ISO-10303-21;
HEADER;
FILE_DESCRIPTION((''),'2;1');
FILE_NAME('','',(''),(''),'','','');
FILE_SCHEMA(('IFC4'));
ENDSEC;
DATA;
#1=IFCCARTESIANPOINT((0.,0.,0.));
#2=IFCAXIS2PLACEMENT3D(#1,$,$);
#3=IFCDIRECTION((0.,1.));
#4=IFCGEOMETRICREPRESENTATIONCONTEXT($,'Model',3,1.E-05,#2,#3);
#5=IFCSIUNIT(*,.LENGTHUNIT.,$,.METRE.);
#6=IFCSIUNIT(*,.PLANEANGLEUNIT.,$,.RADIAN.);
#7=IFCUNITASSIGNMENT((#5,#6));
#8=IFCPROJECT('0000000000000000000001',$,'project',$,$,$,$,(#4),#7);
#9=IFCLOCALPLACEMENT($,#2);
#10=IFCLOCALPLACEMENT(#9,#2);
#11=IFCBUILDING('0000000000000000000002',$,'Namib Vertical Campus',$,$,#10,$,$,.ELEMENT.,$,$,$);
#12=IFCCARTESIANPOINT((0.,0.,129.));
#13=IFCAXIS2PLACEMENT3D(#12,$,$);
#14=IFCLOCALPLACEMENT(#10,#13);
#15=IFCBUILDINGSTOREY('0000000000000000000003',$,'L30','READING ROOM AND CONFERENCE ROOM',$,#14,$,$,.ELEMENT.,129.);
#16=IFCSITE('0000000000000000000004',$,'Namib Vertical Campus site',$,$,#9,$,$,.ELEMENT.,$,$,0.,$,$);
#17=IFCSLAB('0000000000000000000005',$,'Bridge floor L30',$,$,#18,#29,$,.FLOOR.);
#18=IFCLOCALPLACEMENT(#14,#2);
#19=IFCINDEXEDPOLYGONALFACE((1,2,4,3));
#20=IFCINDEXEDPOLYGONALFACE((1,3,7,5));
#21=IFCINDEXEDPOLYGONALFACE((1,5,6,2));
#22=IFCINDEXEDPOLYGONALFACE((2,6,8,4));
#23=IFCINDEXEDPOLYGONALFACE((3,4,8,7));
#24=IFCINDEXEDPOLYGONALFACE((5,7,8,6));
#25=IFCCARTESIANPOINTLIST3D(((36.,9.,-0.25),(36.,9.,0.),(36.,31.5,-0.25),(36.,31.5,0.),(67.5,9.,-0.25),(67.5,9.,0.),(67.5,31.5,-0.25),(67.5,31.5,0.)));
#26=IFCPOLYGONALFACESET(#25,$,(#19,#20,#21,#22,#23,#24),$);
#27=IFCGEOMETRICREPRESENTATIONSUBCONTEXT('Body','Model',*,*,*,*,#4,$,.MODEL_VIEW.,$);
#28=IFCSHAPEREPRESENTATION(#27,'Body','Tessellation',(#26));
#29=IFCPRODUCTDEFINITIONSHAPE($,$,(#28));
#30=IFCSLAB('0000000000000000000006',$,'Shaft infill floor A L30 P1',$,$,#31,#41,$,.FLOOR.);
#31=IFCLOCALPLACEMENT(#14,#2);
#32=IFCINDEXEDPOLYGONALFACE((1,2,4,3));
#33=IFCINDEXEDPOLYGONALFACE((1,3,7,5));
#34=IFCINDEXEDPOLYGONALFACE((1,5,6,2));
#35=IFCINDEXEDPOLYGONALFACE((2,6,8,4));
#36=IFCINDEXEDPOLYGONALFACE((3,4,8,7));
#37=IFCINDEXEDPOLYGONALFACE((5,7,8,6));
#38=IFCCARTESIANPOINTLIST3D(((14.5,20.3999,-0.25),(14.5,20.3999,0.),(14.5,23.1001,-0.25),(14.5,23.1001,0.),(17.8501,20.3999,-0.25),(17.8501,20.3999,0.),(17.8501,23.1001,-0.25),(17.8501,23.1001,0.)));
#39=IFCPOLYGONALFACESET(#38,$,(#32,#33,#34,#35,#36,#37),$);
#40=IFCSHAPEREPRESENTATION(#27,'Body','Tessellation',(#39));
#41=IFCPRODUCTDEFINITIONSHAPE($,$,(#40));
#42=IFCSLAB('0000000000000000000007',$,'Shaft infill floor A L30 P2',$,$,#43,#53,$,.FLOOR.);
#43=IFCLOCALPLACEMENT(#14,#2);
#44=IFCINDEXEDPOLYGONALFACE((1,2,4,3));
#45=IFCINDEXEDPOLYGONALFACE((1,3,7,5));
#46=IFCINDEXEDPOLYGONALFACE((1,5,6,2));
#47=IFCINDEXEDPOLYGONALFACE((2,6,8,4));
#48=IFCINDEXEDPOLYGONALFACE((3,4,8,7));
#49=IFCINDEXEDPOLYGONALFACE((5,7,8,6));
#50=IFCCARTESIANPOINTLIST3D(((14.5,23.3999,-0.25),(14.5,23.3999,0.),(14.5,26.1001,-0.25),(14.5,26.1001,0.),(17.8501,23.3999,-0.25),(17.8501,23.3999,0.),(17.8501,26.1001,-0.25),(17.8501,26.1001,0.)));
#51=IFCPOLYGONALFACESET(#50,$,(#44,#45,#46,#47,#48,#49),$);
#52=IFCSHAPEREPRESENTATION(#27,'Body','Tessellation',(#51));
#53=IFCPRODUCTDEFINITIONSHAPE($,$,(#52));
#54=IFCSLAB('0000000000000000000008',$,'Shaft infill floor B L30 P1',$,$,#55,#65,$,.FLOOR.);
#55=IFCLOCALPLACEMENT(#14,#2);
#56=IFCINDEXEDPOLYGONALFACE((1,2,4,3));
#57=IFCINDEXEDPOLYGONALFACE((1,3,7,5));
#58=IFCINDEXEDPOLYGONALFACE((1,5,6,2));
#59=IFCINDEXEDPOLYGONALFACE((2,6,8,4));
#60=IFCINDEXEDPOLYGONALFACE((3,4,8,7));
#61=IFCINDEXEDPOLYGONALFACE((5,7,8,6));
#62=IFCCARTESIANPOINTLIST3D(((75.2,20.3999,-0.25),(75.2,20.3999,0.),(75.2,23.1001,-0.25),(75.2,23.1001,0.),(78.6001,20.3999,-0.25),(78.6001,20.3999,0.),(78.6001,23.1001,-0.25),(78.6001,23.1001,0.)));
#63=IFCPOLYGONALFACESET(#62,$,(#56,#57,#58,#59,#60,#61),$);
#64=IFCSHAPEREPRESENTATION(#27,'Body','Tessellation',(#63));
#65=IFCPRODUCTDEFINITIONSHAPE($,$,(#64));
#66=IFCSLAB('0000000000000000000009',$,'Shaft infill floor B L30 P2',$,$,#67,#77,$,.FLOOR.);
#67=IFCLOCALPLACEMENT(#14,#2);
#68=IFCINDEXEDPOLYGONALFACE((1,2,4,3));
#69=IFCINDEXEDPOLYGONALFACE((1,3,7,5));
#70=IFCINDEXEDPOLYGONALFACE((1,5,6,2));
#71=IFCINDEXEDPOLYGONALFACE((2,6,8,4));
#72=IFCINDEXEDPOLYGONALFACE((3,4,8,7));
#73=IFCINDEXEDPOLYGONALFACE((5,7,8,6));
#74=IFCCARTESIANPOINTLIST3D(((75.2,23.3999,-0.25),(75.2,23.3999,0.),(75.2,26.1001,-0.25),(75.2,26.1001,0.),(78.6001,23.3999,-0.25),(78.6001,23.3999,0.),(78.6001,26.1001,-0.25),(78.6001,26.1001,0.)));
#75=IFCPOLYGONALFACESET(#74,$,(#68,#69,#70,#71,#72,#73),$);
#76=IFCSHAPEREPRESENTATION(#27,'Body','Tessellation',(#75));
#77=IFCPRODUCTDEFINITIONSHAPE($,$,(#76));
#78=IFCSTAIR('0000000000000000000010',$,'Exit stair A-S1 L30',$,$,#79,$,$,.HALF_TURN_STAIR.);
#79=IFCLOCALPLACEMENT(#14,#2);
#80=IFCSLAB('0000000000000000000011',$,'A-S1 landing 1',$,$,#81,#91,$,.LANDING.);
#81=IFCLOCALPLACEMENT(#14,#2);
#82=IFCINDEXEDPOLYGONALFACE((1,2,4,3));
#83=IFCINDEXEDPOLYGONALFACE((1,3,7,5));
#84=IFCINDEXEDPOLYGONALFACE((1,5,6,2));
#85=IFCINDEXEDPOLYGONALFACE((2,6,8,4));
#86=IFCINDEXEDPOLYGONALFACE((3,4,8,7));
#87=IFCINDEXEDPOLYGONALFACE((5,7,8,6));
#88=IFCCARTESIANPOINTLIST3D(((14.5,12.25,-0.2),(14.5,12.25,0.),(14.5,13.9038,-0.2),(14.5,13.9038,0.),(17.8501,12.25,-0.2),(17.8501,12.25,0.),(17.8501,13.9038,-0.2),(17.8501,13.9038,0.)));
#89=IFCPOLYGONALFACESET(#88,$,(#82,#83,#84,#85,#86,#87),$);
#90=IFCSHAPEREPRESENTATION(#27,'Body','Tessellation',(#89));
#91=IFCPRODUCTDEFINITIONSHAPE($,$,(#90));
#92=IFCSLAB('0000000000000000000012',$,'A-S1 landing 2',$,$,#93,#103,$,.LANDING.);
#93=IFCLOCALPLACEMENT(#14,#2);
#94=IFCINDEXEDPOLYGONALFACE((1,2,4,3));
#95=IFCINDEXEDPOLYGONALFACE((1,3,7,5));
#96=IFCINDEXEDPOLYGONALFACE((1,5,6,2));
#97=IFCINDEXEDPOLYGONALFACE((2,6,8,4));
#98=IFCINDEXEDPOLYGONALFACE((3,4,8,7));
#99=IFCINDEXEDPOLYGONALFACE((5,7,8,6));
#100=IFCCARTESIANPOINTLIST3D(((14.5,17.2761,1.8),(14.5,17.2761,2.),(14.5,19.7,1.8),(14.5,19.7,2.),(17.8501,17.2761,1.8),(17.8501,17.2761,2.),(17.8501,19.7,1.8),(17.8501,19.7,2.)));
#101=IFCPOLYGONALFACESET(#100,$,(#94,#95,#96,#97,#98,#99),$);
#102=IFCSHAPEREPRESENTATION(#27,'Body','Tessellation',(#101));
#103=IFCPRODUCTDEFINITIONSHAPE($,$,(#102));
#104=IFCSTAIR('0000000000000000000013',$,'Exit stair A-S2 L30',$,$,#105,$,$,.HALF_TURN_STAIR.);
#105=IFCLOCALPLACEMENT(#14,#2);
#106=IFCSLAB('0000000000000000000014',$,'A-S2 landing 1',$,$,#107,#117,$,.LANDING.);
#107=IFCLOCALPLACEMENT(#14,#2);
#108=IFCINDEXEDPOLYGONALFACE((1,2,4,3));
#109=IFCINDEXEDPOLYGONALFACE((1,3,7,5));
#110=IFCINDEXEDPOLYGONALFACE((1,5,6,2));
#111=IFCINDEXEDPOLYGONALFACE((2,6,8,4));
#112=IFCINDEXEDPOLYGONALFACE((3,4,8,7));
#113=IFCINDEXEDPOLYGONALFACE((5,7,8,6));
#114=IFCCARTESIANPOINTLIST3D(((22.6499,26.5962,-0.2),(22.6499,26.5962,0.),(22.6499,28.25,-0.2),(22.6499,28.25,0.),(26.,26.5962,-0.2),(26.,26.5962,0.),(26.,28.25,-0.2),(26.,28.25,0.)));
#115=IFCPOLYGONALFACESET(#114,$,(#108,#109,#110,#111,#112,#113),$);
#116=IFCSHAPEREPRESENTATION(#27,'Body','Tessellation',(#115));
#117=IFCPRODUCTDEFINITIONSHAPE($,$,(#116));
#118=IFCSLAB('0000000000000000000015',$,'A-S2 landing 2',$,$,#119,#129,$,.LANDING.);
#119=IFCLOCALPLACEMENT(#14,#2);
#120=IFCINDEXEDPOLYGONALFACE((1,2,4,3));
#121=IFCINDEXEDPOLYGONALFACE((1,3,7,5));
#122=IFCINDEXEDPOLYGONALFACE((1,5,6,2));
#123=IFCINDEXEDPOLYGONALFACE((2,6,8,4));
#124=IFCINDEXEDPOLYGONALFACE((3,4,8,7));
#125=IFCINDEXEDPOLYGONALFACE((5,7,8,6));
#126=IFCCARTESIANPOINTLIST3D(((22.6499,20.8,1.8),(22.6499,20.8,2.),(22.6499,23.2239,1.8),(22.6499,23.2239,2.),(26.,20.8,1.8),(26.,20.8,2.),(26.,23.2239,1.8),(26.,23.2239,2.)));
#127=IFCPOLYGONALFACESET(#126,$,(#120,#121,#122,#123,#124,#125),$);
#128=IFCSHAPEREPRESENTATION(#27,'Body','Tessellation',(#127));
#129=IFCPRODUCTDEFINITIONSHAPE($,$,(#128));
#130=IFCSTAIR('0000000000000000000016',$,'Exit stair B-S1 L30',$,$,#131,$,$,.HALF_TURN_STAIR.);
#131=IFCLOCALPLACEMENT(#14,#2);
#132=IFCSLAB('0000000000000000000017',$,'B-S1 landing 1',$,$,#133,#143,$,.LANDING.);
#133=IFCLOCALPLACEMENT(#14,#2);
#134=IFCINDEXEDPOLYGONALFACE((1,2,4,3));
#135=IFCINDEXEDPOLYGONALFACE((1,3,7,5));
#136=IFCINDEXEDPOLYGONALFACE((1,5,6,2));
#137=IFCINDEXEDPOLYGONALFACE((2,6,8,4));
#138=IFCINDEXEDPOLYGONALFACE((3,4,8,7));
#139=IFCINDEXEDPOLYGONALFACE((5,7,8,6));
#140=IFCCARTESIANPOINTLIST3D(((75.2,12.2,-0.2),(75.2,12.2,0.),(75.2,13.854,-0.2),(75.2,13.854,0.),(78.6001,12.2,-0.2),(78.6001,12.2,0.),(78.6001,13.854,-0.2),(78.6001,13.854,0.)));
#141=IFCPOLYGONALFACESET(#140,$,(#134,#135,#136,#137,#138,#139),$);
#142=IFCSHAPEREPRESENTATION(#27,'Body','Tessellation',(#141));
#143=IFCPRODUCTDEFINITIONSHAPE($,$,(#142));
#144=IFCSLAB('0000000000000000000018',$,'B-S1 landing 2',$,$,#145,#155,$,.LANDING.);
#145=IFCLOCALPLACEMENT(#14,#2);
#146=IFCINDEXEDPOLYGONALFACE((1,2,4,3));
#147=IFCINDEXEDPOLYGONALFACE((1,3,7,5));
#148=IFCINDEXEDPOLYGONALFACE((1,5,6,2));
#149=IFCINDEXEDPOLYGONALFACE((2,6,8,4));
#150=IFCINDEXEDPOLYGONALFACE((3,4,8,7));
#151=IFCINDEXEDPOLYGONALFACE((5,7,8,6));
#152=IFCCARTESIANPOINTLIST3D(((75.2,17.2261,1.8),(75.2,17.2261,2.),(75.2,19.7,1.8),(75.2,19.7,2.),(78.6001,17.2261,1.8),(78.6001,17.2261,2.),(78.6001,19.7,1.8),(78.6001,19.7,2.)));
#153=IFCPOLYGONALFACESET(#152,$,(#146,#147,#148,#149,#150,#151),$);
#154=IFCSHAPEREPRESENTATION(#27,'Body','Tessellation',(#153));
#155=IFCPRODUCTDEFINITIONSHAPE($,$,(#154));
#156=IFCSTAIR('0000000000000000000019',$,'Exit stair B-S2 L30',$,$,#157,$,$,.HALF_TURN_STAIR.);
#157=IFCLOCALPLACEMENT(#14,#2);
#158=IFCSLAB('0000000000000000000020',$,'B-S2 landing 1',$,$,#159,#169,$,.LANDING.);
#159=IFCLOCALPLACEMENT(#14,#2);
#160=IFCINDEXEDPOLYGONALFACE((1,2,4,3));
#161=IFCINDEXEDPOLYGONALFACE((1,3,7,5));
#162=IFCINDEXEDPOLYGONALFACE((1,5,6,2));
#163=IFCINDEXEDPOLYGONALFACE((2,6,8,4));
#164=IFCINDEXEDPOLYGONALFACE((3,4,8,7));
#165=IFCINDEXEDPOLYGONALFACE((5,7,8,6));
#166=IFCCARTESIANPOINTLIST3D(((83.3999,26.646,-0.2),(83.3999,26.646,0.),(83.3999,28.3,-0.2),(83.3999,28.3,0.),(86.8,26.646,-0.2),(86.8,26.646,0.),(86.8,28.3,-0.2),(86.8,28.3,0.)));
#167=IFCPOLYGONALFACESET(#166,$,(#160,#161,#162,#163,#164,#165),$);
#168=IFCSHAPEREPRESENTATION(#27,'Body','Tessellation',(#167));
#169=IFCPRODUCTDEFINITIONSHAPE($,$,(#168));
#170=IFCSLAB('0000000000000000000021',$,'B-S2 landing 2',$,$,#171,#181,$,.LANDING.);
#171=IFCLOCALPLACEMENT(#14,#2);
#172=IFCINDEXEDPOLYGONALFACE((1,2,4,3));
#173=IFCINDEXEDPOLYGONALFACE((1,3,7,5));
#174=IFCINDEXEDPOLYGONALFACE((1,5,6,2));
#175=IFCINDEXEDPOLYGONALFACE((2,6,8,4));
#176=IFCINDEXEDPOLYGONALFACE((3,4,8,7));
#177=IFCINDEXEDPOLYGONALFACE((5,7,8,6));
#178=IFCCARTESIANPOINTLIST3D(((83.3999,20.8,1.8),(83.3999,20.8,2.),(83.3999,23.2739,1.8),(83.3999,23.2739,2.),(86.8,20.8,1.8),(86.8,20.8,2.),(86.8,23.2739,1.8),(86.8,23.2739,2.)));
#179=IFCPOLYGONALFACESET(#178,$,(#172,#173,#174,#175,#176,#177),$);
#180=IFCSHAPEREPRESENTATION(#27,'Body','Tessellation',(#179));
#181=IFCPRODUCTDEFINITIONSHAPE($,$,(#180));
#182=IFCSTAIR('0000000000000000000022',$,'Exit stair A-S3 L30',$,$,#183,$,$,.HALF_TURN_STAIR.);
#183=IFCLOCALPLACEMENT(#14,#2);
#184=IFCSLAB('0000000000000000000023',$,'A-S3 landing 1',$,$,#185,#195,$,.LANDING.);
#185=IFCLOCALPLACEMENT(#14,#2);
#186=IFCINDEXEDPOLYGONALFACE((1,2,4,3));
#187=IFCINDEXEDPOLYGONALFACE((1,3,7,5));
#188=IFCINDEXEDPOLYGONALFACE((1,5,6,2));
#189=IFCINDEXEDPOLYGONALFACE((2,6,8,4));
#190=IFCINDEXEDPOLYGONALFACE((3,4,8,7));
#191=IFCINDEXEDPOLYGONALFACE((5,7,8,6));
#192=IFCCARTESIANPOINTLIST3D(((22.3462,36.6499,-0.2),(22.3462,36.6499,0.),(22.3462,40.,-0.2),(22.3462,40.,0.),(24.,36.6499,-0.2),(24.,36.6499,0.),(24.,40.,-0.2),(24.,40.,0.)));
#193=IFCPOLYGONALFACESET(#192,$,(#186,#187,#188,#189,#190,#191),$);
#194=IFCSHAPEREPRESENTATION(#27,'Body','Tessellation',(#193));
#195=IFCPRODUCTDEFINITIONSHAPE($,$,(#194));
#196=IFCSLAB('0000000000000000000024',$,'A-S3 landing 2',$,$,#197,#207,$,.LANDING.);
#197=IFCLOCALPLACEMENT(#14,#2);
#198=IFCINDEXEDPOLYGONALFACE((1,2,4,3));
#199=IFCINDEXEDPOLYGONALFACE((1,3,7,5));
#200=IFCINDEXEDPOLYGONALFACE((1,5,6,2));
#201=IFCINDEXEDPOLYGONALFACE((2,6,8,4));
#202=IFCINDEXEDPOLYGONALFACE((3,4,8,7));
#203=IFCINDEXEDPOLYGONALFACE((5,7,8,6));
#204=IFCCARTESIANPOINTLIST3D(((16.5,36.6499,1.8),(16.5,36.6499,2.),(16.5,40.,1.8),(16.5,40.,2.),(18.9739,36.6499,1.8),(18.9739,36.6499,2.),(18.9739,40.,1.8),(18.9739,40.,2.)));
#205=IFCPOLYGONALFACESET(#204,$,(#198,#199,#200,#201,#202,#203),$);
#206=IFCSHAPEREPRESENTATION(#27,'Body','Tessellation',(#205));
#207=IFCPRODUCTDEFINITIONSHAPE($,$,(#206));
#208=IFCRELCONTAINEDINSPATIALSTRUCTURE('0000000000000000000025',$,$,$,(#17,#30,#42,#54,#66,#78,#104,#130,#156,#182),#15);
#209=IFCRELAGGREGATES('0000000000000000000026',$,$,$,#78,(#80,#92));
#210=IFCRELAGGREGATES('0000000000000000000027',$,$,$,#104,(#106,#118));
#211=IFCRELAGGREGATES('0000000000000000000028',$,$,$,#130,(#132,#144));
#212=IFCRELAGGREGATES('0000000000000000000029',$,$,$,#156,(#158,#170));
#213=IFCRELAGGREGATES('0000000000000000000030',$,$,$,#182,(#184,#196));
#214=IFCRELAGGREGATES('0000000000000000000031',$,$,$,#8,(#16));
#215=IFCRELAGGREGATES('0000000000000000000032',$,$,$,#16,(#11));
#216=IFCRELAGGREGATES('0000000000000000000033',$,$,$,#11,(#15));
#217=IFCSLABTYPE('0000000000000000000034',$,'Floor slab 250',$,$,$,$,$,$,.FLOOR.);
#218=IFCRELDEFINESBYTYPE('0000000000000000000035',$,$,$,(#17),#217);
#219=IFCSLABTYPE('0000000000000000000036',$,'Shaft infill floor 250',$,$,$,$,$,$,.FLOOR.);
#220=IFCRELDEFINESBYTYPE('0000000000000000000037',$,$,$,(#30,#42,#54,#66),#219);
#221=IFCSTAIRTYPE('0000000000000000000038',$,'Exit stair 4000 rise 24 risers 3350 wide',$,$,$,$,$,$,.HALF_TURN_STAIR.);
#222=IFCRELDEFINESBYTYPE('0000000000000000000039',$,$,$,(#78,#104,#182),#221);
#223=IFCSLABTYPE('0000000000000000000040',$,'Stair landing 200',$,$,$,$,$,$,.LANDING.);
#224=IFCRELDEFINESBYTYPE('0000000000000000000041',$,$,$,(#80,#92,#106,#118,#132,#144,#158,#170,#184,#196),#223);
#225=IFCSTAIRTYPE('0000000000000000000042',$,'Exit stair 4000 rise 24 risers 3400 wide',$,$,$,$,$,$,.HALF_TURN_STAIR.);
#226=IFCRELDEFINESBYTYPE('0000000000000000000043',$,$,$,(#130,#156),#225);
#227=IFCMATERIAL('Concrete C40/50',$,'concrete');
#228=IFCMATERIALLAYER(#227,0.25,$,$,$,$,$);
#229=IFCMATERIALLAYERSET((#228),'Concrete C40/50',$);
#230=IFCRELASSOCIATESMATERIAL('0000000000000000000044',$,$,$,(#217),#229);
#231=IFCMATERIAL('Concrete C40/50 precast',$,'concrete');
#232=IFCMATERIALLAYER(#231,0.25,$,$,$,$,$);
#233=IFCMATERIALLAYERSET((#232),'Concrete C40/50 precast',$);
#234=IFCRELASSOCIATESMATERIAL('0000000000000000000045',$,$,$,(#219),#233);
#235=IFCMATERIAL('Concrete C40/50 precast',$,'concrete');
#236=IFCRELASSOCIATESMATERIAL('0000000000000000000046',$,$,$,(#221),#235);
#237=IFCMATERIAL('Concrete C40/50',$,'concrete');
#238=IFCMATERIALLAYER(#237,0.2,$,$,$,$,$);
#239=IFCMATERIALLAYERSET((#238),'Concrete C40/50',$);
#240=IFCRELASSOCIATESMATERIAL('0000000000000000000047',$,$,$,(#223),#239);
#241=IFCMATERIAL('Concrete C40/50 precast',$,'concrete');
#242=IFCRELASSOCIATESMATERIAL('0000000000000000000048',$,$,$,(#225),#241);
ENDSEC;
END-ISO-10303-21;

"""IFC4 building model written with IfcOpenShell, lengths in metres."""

from ifc_helpers import new_model, si_unit, direction, frame, origin, place, context, subcontext, project, spatial, polyline, outline, extrude, material, layer, layer_set, type_object, element, aggregate, save


model = new_model("IFC4")

# Units and contexts
model_context = context("Model", 3, precision=1e-05, world=origin(), true_north=direction((0.0, 1.0)))
body_context = subcontext(model_context, "Body", "Model", "MODEL_VIEW")
ifc_project = project(units=[si_unit("LENGTHUNIT", "METRE"), si_unit("PLANEANGLEUNIT", "RADIAN")], contexts=[model_context])

# Site, building, storey
site_placement = place(None, origin())
site = spatial("IfcSite", under=ifc_project, at=site_placement, Name="Namib Vertical Campus site", CompositionType="ELEMENT", RefElevation=0.0)
building_placement = place(site_placement, origin())
building = spatial("IfcBuilding", under=site, at=building_placement, Name="Namib Vertical Campus", CompositionType="ELEMENT")
storey_placement = place(building_placement, frame((0.0, 0.0, 129.0)))
storey = spatial("IfcBuildingStorey", under=building, at=storey_placement, Name="L30", Description="READING ROOM AND CONFERENCE ROOM", CompositionType="ELEMENT", Elevation=129.0)

# Slabs
ifc_material_1 = material(Name="Concrete C40/50", Category="concrete")
ifc_layer_1 = layer(ifc_material_1, 0.25)
ifc_layer_set_1 = layer_set([ifc_layer_1], Name="Concrete C40/50")
slab_type_1 = type_object("IfcSlabType", Name="Floor slab 250", PredefinedType="FLOOR", material=ifc_layer_set_1)
slab_1_placement = place(storey_placement, frame((0.0, 0.0, -0.25)))
element("IfcSlab", 1, at=slab_1_placement, inside=storey, type_object=slab_type_1, Name="Bridge floor L30", PredefinedType="FLOOR", context=body_context, shape_type="SweptSolid", body=[
    extrude(outline(polyline([(36.0, 9.0), (67.5, 9.0), (67.5, 31.5), (36.0, 31.5), (36.0, 9.0)])), origin(), (0.0, 0.0, 1.0), 0.25),
])
ifc_material_2 = material(Name="Concrete C40/50 precast", Category="concrete")
ifc_layer_2 = layer(ifc_material_2, 0.25)
ifc_layer_set_2 = layer_set([ifc_layer_2], Name="Concrete C40/50 precast")
slab_type_2 = type_object("IfcSlabType", Name="Shaft infill floor 250", PredefinedType="FLOOR", material=ifc_layer_set_2)
slab_2_placement = place(storey_placement, frame((0.0, 0.0, -0.25)))
element("IfcSlab", 2, at=slab_2_placement, inside=storey, type_object=slab_type_2, Name="Shaft infill floor A L30 P1", PredefinedType="FLOOR", context=body_context, shape_type="SweptSolid", body=[
    extrude(outline(polyline([(14.5, 20.3999), (17.8501, 20.3999), (17.8501, 23.1001), (14.5, 23.1001), (14.5, 20.3999)])), origin(), (0.0, 0.0, 1.0), 0.25),
])
slab_3_placement = place(storey_placement, frame((0.0, 0.0, -0.25)))
element("IfcSlab", 3, at=slab_3_placement, inside=storey, type_object=slab_type_2, Name="Shaft infill floor A L30 P2", PredefinedType="FLOOR", context=body_context, shape_type="SweptSolid", body=[
    extrude(outline(polyline([(14.5, 23.3999), (17.8501, 23.3999), (17.8501, 26.1001), (14.5, 26.1001), (14.5, 23.3999)])), origin(), (0.0, 0.0, 1.0), 0.25),
])
slab_4_placement = place(storey_placement, frame((0.0, 0.0, -0.25)))
element("IfcSlab", 4, at=slab_4_placement, inside=storey, type_object=slab_type_2, Name="Shaft infill floor B L30 P1", PredefinedType="FLOOR", context=body_context, shape_type="SweptSolid", body=[
    extrude(outline(polyline([(75.2, 20.3999), (78.6001, 20.3999), (78.6001, 23.1001), (75.2, 23.1001), (75.2, 20.3999)])), origin(), (0.0, 0.0, 1.0), 0.25),
])
slab_5_placement = place(storey_placement, frame((0.0, 0.0, -0.25)))
element("IfcSlab", 5, at=slab_5_placement, inside=storey, type_object=slab_type_2, Name="Shaft infill floor B L30 P2", PredefinedType="FLOOR", context=body_context, shape_type="SweptSolid", body=[
    extrude(outline(polyline([(75.2, 23.3999), (78.6001, 23.3999), (78.6001, 26.1001), (75.2, 26.1001), (75.2, 23.3999)])), origin(), (0.0, 0.0, 1.0), 0.25),
])

# Stairs, slabs
ifc_material_3 = material(Name="Concrete C40/50 precast", Category="concrete")
stair_type_1 = type_object("IfcStairType", Name="Exit stair 4000 rise 24 risers 3350 wide", PredefinedType="HALF_TURN_STAIR", material=ifc_material_3)
stair_1_placement = place(storey_placement, origin())
stair_1 = element("IfcStair", 6, at=stair_1_placement, inside=storey, type_object=stair_type_1, Name="Exit stair A-S1 L30", PredefinedType="HALF_TURN_STAIR")
ifc_material_4 = material(Name="Concrete C40/50", Category="concrete")
ifc_layer_3 = layer(ifc_material_4, 0.2)
ifc_layer_set_3 = layer_set([ifc_layer_3], Name="Concrete C40/50")
slab_type_3 = type_object("IfcSlabType", Name="Stair landing 200", PredefinedType="LANDING", material=ifc_layer_set_3)
slab_6_placement = place(storey_placement, frame((0.0, 0.0, -0.2)))
slab_6 = element("IfcSlab", 7, at=slab_6_placement, type_object=slab_type_3, Name="A-S1 landing 1", PredefinedType="LANDING", context=body_context, shape_type="SweptSolid", body=[
    extrude(outline(polyline([(14.5, 12.25), (17.8501, 12.25), (17.8501, 13.9038), (14.5, 13.9038), (14.5, 12.25)])), origin(), (0.0, 0.0, 1.0), 0.2),
])
slab_7_placement = place(storey_placement, frame((0.0, 0.0, 1.8)))
slab_7 = element("IfcSlab", 8, at=slab_7_placement, type_object=slab_type_3, Name="A-S1 landing 2", PredefinedType="LANDING", context=body_context, shape_type="SweptSolid", body=[
    extrude(outline(polyline([(14.5, 17.2761), (17.8501, 17.2761), (17.8501, 19.7), (14.5, 19.7), (14.5, 17.2761)])), origin(), (0.0, 0.0, 1.0), 0.2),
])
aggregate(stair_1, [slab_6, slab_7])
stair_2_placement = place(storey_placement, origin())
stair_2 = element("IfcStair", 9, at=stair_2_placement, inside=storey, type_object=stair_type_1, Name="Exit stair A-S2 L30", PredefinedType="HALF_TURN_STAIR")
slab_8_placement = place(storey_placement, frame((0.0, 0.0, -0.2)))
slab_8 = element("IfcSlab", 10, at=slab_8_placement, type_object=slab_type_3, Name="A-S2 landing 1", PredefinedType="LANDING", context=body_context, shape_type="SweptSolid", body=[
    extrude(outline(polyline([(22.6499, 26.5962), (26.0, 26.5962), (26.0, 28.25), (22.6499, 28.25), (22.6499, 26.5962)])), origin(), (0.0, 0.0, 1.0), 0.2),
])
slab_9_placement = place(storey_placement, frame((0.0, 0.0, 1.8)))
slab_9 = element("IfcSlab", 11, at=slab_9_placement, type_object=slab_type_3, Name="A-S2 landing 2", PredefinedType="LANDING", context=body_context, shape_type="SweptSolid", body=[
    extrude(outline(polyline([(22.6499, 20.8), (26.0, 20.8), (26.0, 23.2239), (22.6499, 23.2239), (22.6499, 20.8)])), origin(), (0.0, 0.0, 1.0), 0.2),
])
aggregate(stair_2, [slab_8, slab_9])
ifc_material_5 = material(Name="Concrete C40/50 precast", Category="concrete")
stair_type_2 = type_object("IfcStairType", Name="Exit stair 4000 rise 24 risers 3400 wide", PredefinedType="HALF_TURN_STAIR", material=ifc_material_5)
stair_3_placement = place(storey_placement, origin())
stair_3 = element("IfcStair", 12, at=stair_3_placement, inside=storey, type_object=stair_type_2, Name="Exit stair B-S1 L30", PredefinedType="HALF_TURN_STAIR")
slab_10_placement = place(storey_placement, frame((0.0, 0.0, -0.2)))
slab_10 = element("IfcSlab", 13, at=slab_10_placement, type_object=slab_type_3, Name="B-S1 landing 1", PredefinedType="LANDING", context=body_context, shape_type="SweptSolid", body=[
    extrude(outline(polyline([(75.2, 12.2), (78.6001, 12.2), (78.6001, 13.854), (75.2, 13.854), (75.2, 12.2)])), origin(), (0.0, 0.0, 1.0), 0.2),
])
slab_11_placement = place(storey_placement, frame((0.0, 0.0, 1.8)))
slab_11 = element("IfcSlab", 14, at=slab_11_placement, type_object=slab_type_3, Name="B-S1 landing 2", PredefinedType="LANDING", context=body_context, shape_type="SweptSolid", body=[
    extrude(outline(polyline([(75.2, 17.2261), (78.6001, 17.2261), (78.6001, 19.7), (75.2, 19.7), (75.2, 17.2261)])), origin(), (0.0, 0.0, 1.0), 0.2),
])
aggregate(stair_3, [slab_10, slab_11])
stair_4_placement = place(storey_placement, origin())
stair_4 = element("IfcStair", 15, at=stair_4_placement, inside=storey, type_object=stair_type_2, Name="Exit stair B-S2 L30", PredefinedType="HALF_TURN_STAIR")
slab_12_placement = place(storey_placement, frame((0.0, 0.0, -0.2)))
slab_12 = element("IfcSlab", 16, at=slab_12_placement, type_object=slab_type_3, Name="B-S2 landing 1", PredefinedType="LANDING", context=body_context, shape_type="SweptSolid", body=[
    extrude(outline(polyline([(83.3999, 26.646), (86.8, 26.646), (86.8, 28.3), (83.3999, 28.3), (83.3999, 26.646)])), origin(), (0.0, 0.0, 1.0), 0.2),
])
slab_13_placement = place(storey_placement, frame((0.0, 0.0, 1.8)))
slab_13 = element("IfcSlab", 17, at=slab_13_placement, type_object=slab_type_3, Name="B-S2 landing 2", PredefinedType="LANDING", context=body_context, shape_type="SweptSolid", body=[
    extrude(outline(polyline([(83.3999, 20.8), (86.8, 20.8), (86.8, 23.2739), (83.3999, 23.2739), (83.3999, 20.8)])), origin(), (0.0, 0.0, 1.0), 0.2),
])
aggregate(stair_4, [slab_12, slab_13])
stair_5_placement = place(storey_placement, origin())
stair_5 = element("IfcStair", 18, at=stair_5_placement, inside=storey, type_object=stair_type_1, Name="Exit stair A-S3 L30", PredefinedType="HALF_TURN_STAIR")
slab_14_placement = place(storey_placement, frame((0.0, 0.0, -0.2)))
slab_14 = element("IfcSlab", 19, at=slab_14_placement, type_object=slab_type_3, Name="A-S3 landing 1", PredefinedType="LANDING", context=body_context, shape_type="SweptSolid", body=[
    extrude(outline(polyline([(22.3462, 36.6499), (22.3462, 40.0), (24.0, 40.0), (24.0, 36.6499), (22.3462, 36.6499)])), origin(), (0.0, 0.0, 1.0), 0.2),
])
slab_15_placement = place(storey_placement, frame((0.0, 0.0, 1.8)))
slab_15 = element("IfcSlab", 20, at=slab_15_placement, type_object=slab_type_3, Name="A-S3 landing 2", PredefinedType="LANDING", context=body_context, shape_type="SweptSolid", body=[
    extrude(outline(polyline([(16.5, 36.6499), (16.5, 40.0), (18.9739, 40.0), (18.9739, 36.6499), (16.5, 36.6499)])), origin(), (0.0, 0.0, 1.0), 0.2),
])
aggregate(stair_5, [slab_14, slab_15])

save(model, "model.ifc")
